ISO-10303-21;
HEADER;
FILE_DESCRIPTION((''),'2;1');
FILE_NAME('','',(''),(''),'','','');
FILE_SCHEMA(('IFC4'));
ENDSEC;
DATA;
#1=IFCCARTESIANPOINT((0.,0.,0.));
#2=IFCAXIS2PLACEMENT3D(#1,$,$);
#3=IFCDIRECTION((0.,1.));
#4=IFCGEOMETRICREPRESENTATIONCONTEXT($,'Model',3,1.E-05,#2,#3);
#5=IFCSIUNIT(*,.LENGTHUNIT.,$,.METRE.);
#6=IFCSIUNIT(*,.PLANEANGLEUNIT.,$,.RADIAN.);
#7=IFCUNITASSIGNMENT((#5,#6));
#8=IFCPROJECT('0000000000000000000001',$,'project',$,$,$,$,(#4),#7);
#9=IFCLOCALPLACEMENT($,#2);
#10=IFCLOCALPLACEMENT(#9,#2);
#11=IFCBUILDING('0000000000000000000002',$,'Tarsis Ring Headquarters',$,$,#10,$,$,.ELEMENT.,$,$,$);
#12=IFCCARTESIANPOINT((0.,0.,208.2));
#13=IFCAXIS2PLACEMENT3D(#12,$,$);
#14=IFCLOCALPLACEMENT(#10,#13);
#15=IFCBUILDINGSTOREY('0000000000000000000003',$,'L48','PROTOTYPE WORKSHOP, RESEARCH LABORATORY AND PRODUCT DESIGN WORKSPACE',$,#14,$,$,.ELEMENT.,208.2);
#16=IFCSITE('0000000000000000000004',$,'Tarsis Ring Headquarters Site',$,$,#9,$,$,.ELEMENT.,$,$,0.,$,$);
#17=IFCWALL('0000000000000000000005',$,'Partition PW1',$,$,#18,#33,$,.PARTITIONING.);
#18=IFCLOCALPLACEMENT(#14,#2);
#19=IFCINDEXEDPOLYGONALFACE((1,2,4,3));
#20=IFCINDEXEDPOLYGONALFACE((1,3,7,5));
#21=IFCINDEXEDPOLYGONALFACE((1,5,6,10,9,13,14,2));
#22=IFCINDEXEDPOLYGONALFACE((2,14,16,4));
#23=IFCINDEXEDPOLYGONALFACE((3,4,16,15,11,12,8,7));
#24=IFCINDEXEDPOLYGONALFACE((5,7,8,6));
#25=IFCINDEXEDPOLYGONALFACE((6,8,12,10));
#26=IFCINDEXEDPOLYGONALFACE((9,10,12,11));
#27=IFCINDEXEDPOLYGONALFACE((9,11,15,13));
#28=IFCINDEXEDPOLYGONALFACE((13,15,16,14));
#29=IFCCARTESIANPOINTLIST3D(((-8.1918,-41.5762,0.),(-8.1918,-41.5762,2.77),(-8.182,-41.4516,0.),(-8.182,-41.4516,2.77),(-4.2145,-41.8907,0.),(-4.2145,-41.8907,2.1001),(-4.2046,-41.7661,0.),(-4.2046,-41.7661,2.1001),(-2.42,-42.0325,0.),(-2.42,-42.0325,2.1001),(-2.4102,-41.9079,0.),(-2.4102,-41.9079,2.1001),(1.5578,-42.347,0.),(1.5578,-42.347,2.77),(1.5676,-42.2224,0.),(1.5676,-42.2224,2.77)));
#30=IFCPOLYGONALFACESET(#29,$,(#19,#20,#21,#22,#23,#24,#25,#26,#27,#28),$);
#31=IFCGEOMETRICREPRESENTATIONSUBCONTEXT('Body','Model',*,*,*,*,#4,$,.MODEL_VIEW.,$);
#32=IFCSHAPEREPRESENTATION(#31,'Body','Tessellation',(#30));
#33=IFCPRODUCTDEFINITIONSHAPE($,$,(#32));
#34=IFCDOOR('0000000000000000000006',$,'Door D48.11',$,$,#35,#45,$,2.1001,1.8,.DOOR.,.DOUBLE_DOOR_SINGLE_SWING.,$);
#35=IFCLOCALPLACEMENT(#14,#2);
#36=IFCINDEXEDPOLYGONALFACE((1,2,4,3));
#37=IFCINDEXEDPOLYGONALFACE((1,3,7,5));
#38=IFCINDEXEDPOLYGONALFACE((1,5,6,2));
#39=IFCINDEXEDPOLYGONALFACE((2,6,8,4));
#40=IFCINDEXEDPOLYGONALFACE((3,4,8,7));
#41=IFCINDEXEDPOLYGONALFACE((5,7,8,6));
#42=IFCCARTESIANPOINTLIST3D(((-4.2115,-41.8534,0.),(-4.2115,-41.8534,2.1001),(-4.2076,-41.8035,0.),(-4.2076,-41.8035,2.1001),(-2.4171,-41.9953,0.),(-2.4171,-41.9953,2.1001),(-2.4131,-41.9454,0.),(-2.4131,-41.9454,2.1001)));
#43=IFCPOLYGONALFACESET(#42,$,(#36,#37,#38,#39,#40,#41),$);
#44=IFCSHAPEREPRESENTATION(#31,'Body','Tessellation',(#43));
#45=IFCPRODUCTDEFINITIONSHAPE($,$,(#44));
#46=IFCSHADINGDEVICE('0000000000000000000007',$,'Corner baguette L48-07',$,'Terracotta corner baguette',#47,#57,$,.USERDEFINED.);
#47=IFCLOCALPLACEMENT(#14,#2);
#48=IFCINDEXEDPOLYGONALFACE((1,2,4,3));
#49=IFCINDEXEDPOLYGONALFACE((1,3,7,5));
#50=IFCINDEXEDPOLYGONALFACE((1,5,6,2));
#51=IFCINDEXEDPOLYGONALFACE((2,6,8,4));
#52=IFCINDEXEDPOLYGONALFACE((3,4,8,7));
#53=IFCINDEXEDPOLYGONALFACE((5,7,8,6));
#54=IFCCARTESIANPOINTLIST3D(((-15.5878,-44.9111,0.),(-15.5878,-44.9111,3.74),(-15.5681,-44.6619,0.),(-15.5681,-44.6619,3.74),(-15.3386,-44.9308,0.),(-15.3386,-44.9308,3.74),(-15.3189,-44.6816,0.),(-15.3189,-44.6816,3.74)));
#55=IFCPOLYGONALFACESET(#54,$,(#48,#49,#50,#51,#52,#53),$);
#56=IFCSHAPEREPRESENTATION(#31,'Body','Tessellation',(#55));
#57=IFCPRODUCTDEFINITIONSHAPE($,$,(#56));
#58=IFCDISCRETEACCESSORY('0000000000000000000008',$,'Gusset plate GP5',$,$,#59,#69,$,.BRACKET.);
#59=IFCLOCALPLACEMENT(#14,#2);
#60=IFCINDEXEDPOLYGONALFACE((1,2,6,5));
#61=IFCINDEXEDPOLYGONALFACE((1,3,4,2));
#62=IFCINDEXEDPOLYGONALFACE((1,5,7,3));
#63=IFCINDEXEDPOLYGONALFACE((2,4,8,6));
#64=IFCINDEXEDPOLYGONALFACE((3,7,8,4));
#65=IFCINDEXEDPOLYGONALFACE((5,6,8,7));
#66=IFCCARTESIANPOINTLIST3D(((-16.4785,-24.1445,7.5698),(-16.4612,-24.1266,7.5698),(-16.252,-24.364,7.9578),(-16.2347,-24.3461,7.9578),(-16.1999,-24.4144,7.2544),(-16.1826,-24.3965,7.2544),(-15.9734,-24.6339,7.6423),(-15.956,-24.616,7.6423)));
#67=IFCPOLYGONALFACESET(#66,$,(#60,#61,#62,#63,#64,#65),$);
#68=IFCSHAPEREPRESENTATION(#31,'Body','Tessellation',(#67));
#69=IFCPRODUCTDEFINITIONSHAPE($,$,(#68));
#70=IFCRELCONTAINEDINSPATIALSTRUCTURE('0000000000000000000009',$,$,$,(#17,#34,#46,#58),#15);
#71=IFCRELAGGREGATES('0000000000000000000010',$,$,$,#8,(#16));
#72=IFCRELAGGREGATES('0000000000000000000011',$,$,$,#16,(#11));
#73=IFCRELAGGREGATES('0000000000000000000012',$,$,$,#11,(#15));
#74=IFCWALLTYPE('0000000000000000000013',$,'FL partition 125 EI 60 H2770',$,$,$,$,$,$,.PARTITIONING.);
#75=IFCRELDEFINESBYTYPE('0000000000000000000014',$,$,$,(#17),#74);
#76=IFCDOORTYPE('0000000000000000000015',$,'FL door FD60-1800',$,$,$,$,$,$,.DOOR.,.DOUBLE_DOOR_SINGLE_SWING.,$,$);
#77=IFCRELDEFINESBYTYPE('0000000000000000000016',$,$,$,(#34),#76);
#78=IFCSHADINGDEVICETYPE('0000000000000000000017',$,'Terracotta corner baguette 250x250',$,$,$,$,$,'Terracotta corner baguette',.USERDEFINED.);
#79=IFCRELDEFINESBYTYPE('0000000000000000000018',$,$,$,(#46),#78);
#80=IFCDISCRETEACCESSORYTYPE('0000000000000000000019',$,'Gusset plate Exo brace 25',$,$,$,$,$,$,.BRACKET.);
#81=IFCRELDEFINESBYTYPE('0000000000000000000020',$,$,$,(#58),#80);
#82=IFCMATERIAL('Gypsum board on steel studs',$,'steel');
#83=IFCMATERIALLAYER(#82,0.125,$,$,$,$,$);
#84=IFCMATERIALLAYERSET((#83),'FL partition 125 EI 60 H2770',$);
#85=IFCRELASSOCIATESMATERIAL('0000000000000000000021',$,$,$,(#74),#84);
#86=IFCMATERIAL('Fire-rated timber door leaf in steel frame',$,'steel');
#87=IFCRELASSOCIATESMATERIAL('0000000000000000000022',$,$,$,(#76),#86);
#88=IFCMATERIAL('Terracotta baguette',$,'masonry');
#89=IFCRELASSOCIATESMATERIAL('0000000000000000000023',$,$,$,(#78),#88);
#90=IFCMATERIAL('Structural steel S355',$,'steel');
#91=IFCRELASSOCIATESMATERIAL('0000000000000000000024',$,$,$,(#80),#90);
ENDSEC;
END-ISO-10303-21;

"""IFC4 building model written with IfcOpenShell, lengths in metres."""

from ifc_helpers import new_model, si_unit, direction, frame, frame_2d, origin, origin_2d, place, context, subcontext, project, spatial, rectangle, extrude, material, layer, layer_set, material_profile, profile_set, type_object, element, fill, save


model = new_model("IFC4")

# Units and contexts
model_context = context("Model", 3, precision=1e-05, world=origin(), true_north=direction((0.0, 1.0)))
body_context = subcontext(model_context, "Body", "Model", "MODEL_VIEW")
ifc_project = project(units=[si_unit("LENGTHUNIT", "METRE"), si_unit("PLANEANGLEUNIT", "RADIAN")], contexts=[model_context])

# Site, building, storey
site_placement = place(None, origin())
site = spatial("IfcSite", under=ifc_project, at=site_placement, Name="Tarsis Ring Headquarters Site", CompositionType="ELEMENT", RefElevation=0.0)
building_placement = place(site_placement, origin())
building = spatial("IfcBuilding", under=site, at=building_placement, Name="Tarsis Ring Headquarters", CompositionType="ELEMENT")
storey_placement = place(building_placement, frame((0.0, 0.0, 208.2)))
storey = spatial("IfcBuildingStorey", under=building, at=storey_placement, Name="L48", Description="PROTOTYPE WORKSHOP, RESEARCH LABORATORY AND PRODUCT DESIGN WORKSPACE", CompositionType="ELEMENT", Elevation=208.2)

# Shared definitions
ifc_material_1 = material(Name="Structural steel S355", Category="steel")

# Shared definitions
ifc_material_2 = material(Name="Gypsum board on steel studs", Category="steel")
ifc_layer_1 = layer(ifc_material_2, 0.125)
ifc_layer_set_1 = layer_set([ifc_layer_1], Name="FL partition 125 EI 60 H2770")
wall_type_1 = type_object("IfcWallType", Name="FL partition 125 EI 60 H2770", PredefinedType="PARTITIONING", material=ifc_layer_set_1)

# Wall, opening, door
wall_1_placement = place(storey_placement, frame((-8.187, -41.5139, 0.0), z_axis=(0.0, 0.0, 1.0), x_axis=(0.99689, -0.07881, 0.0)))
wall_1 = element("IfcWall", 1, at=wall_1_placement, inside=storey, type_object=wall_type_1, Name="Partition PW1", PredefinedType="PARTITIONING", context=body_context, shape_type="SweptSolid", body=[
    extrude(rectangle(XDim=9.78, YDim=0.125, at=frame_2d((4.8901, 0.0))), origin(), (0.0, 0.0, 1.0), 2.77),
])
opening_placement = place(wall_1_placement, frame((3.99, 0.0, 0.0)))
opening = element("IfcOpeningElement", 2, at=opening_placement, cuts=wall_1, PredefinedType="OPENING", context=body_context, shape_type="SweptSolid", body=[
    extrude(rectangle(XDim=1.8, YDim=2.1001, at=frame_2d((0.8999, 1.05))), frame((0.0, 0.0725, 0.0), z_axis=(0.0, -1.0, 0.0), x_axis=(1.0, 0.0, 0.0)), (0.0, 0.0, 1.0), 0.145),
])
ifc_material_3 = material(Name="Fire-rated timber door leaf in steel frame", Category="steel")
door_type = type_object("IfcDoorType", Name="FL door FD60-1800", OperationType="DOUBLE_DOOR_SINGLE_SWING", PredefinedType="DOOR", material=ifc_material_3)
door_placement = place(opening_placement, origin())
door = element("IfcDoor", 3, at=door_placement, inside=storey, type_object=door_type, Name="Door D48.11", OperationType="DOUBLE_DOOR_SINGLE_SWING", OverallHeight=2.1001, OverallWidth=1.8, PredefinedType="DOOR", context=body_context, shape_type="SweptSolid", body=[
    extrude(rectangle(XDim=1.8, YDim=2.1001, at=frame_2d((0.8999, 1.05))), frame((0.0, 0.0249, 0.0), z_axis=(0.0, -1.0, 0.0), x_axis=(1.0, 0.0, 0.0)), (0.0, 0.0, 1.0), 0.05),
])
fill(opening, door)

# Shading device
ifc_material_4 = material(Name="Terracotta baguette", Category="masonry")
shading_device_type_1 = type_object("IfcShadingDeviceType", Name="Terracotta corner baguette 250x250", ElementType="Terracotta corner baguette", PredefinedType="USERDEFINED", material=ifc_material_4)
shading_device_1_placement = place(storey_placement, frame((-15.4534, -44.7964, 0.0), z_axis=(0.0, 0.0, 1.0), x_axis=(-0.078807, -0.99689, 0.0)))
element("IfcShadingDevice", 4, at=shading_device_1_placement, inside=storey, type_object=shading_device_type_1, Name="Corner baguette L48-07", ObjectType="Terracotta corner baguette", PredefinedType="USERDEFINED", context=body_context, shape_type="SweptSolid", body=[
    extrude(rectangle(XDim=0.25, YDim=0.25, at=origin_2d()), origin(), (0.0, 0.0, 1.0), 3.74),
])

# Discrete accessory
ifc_material_profile_1 = material_profile(ifc_material_1, rectangle(XDim=0.0249, YDim=0.5, at=origin_2d()), Name="PL 25x500")
ifc_profile_set_1 = profile_set([ifc_material_profile_1], Name="Structural steel S355")
discrete_accessory_type = type_object("IfcDiscreteAccessoryType", Name="Gusset plate Exo brace 25", PredefinedType="BRACKET", material=ifc_profile_set_1)
discrete_accessory_placement = place(storey_placement, frame((-16.104, -24.49, 7.8), z_axis=(-0.453125, 0.438965, -0.775879), x_axis=(-0.695795, -0.71824, 0.0)))
element("IfcDiscreteAccessory", 5, at=discrete_accessory_placement, inside=storey, type_object=discrete_accessory_type, Name="Gusset plate GP5", PredefinedType="BRACKET", context=body_context, shape_type="SweptSolid", body=[
    extrude(rectangle(XDim=0.0249, YDim=0.5, at=origin_2d()), origin(), (0.0, 0.0, 1.0), 0.5),
])

save(model, "model.ifc")
